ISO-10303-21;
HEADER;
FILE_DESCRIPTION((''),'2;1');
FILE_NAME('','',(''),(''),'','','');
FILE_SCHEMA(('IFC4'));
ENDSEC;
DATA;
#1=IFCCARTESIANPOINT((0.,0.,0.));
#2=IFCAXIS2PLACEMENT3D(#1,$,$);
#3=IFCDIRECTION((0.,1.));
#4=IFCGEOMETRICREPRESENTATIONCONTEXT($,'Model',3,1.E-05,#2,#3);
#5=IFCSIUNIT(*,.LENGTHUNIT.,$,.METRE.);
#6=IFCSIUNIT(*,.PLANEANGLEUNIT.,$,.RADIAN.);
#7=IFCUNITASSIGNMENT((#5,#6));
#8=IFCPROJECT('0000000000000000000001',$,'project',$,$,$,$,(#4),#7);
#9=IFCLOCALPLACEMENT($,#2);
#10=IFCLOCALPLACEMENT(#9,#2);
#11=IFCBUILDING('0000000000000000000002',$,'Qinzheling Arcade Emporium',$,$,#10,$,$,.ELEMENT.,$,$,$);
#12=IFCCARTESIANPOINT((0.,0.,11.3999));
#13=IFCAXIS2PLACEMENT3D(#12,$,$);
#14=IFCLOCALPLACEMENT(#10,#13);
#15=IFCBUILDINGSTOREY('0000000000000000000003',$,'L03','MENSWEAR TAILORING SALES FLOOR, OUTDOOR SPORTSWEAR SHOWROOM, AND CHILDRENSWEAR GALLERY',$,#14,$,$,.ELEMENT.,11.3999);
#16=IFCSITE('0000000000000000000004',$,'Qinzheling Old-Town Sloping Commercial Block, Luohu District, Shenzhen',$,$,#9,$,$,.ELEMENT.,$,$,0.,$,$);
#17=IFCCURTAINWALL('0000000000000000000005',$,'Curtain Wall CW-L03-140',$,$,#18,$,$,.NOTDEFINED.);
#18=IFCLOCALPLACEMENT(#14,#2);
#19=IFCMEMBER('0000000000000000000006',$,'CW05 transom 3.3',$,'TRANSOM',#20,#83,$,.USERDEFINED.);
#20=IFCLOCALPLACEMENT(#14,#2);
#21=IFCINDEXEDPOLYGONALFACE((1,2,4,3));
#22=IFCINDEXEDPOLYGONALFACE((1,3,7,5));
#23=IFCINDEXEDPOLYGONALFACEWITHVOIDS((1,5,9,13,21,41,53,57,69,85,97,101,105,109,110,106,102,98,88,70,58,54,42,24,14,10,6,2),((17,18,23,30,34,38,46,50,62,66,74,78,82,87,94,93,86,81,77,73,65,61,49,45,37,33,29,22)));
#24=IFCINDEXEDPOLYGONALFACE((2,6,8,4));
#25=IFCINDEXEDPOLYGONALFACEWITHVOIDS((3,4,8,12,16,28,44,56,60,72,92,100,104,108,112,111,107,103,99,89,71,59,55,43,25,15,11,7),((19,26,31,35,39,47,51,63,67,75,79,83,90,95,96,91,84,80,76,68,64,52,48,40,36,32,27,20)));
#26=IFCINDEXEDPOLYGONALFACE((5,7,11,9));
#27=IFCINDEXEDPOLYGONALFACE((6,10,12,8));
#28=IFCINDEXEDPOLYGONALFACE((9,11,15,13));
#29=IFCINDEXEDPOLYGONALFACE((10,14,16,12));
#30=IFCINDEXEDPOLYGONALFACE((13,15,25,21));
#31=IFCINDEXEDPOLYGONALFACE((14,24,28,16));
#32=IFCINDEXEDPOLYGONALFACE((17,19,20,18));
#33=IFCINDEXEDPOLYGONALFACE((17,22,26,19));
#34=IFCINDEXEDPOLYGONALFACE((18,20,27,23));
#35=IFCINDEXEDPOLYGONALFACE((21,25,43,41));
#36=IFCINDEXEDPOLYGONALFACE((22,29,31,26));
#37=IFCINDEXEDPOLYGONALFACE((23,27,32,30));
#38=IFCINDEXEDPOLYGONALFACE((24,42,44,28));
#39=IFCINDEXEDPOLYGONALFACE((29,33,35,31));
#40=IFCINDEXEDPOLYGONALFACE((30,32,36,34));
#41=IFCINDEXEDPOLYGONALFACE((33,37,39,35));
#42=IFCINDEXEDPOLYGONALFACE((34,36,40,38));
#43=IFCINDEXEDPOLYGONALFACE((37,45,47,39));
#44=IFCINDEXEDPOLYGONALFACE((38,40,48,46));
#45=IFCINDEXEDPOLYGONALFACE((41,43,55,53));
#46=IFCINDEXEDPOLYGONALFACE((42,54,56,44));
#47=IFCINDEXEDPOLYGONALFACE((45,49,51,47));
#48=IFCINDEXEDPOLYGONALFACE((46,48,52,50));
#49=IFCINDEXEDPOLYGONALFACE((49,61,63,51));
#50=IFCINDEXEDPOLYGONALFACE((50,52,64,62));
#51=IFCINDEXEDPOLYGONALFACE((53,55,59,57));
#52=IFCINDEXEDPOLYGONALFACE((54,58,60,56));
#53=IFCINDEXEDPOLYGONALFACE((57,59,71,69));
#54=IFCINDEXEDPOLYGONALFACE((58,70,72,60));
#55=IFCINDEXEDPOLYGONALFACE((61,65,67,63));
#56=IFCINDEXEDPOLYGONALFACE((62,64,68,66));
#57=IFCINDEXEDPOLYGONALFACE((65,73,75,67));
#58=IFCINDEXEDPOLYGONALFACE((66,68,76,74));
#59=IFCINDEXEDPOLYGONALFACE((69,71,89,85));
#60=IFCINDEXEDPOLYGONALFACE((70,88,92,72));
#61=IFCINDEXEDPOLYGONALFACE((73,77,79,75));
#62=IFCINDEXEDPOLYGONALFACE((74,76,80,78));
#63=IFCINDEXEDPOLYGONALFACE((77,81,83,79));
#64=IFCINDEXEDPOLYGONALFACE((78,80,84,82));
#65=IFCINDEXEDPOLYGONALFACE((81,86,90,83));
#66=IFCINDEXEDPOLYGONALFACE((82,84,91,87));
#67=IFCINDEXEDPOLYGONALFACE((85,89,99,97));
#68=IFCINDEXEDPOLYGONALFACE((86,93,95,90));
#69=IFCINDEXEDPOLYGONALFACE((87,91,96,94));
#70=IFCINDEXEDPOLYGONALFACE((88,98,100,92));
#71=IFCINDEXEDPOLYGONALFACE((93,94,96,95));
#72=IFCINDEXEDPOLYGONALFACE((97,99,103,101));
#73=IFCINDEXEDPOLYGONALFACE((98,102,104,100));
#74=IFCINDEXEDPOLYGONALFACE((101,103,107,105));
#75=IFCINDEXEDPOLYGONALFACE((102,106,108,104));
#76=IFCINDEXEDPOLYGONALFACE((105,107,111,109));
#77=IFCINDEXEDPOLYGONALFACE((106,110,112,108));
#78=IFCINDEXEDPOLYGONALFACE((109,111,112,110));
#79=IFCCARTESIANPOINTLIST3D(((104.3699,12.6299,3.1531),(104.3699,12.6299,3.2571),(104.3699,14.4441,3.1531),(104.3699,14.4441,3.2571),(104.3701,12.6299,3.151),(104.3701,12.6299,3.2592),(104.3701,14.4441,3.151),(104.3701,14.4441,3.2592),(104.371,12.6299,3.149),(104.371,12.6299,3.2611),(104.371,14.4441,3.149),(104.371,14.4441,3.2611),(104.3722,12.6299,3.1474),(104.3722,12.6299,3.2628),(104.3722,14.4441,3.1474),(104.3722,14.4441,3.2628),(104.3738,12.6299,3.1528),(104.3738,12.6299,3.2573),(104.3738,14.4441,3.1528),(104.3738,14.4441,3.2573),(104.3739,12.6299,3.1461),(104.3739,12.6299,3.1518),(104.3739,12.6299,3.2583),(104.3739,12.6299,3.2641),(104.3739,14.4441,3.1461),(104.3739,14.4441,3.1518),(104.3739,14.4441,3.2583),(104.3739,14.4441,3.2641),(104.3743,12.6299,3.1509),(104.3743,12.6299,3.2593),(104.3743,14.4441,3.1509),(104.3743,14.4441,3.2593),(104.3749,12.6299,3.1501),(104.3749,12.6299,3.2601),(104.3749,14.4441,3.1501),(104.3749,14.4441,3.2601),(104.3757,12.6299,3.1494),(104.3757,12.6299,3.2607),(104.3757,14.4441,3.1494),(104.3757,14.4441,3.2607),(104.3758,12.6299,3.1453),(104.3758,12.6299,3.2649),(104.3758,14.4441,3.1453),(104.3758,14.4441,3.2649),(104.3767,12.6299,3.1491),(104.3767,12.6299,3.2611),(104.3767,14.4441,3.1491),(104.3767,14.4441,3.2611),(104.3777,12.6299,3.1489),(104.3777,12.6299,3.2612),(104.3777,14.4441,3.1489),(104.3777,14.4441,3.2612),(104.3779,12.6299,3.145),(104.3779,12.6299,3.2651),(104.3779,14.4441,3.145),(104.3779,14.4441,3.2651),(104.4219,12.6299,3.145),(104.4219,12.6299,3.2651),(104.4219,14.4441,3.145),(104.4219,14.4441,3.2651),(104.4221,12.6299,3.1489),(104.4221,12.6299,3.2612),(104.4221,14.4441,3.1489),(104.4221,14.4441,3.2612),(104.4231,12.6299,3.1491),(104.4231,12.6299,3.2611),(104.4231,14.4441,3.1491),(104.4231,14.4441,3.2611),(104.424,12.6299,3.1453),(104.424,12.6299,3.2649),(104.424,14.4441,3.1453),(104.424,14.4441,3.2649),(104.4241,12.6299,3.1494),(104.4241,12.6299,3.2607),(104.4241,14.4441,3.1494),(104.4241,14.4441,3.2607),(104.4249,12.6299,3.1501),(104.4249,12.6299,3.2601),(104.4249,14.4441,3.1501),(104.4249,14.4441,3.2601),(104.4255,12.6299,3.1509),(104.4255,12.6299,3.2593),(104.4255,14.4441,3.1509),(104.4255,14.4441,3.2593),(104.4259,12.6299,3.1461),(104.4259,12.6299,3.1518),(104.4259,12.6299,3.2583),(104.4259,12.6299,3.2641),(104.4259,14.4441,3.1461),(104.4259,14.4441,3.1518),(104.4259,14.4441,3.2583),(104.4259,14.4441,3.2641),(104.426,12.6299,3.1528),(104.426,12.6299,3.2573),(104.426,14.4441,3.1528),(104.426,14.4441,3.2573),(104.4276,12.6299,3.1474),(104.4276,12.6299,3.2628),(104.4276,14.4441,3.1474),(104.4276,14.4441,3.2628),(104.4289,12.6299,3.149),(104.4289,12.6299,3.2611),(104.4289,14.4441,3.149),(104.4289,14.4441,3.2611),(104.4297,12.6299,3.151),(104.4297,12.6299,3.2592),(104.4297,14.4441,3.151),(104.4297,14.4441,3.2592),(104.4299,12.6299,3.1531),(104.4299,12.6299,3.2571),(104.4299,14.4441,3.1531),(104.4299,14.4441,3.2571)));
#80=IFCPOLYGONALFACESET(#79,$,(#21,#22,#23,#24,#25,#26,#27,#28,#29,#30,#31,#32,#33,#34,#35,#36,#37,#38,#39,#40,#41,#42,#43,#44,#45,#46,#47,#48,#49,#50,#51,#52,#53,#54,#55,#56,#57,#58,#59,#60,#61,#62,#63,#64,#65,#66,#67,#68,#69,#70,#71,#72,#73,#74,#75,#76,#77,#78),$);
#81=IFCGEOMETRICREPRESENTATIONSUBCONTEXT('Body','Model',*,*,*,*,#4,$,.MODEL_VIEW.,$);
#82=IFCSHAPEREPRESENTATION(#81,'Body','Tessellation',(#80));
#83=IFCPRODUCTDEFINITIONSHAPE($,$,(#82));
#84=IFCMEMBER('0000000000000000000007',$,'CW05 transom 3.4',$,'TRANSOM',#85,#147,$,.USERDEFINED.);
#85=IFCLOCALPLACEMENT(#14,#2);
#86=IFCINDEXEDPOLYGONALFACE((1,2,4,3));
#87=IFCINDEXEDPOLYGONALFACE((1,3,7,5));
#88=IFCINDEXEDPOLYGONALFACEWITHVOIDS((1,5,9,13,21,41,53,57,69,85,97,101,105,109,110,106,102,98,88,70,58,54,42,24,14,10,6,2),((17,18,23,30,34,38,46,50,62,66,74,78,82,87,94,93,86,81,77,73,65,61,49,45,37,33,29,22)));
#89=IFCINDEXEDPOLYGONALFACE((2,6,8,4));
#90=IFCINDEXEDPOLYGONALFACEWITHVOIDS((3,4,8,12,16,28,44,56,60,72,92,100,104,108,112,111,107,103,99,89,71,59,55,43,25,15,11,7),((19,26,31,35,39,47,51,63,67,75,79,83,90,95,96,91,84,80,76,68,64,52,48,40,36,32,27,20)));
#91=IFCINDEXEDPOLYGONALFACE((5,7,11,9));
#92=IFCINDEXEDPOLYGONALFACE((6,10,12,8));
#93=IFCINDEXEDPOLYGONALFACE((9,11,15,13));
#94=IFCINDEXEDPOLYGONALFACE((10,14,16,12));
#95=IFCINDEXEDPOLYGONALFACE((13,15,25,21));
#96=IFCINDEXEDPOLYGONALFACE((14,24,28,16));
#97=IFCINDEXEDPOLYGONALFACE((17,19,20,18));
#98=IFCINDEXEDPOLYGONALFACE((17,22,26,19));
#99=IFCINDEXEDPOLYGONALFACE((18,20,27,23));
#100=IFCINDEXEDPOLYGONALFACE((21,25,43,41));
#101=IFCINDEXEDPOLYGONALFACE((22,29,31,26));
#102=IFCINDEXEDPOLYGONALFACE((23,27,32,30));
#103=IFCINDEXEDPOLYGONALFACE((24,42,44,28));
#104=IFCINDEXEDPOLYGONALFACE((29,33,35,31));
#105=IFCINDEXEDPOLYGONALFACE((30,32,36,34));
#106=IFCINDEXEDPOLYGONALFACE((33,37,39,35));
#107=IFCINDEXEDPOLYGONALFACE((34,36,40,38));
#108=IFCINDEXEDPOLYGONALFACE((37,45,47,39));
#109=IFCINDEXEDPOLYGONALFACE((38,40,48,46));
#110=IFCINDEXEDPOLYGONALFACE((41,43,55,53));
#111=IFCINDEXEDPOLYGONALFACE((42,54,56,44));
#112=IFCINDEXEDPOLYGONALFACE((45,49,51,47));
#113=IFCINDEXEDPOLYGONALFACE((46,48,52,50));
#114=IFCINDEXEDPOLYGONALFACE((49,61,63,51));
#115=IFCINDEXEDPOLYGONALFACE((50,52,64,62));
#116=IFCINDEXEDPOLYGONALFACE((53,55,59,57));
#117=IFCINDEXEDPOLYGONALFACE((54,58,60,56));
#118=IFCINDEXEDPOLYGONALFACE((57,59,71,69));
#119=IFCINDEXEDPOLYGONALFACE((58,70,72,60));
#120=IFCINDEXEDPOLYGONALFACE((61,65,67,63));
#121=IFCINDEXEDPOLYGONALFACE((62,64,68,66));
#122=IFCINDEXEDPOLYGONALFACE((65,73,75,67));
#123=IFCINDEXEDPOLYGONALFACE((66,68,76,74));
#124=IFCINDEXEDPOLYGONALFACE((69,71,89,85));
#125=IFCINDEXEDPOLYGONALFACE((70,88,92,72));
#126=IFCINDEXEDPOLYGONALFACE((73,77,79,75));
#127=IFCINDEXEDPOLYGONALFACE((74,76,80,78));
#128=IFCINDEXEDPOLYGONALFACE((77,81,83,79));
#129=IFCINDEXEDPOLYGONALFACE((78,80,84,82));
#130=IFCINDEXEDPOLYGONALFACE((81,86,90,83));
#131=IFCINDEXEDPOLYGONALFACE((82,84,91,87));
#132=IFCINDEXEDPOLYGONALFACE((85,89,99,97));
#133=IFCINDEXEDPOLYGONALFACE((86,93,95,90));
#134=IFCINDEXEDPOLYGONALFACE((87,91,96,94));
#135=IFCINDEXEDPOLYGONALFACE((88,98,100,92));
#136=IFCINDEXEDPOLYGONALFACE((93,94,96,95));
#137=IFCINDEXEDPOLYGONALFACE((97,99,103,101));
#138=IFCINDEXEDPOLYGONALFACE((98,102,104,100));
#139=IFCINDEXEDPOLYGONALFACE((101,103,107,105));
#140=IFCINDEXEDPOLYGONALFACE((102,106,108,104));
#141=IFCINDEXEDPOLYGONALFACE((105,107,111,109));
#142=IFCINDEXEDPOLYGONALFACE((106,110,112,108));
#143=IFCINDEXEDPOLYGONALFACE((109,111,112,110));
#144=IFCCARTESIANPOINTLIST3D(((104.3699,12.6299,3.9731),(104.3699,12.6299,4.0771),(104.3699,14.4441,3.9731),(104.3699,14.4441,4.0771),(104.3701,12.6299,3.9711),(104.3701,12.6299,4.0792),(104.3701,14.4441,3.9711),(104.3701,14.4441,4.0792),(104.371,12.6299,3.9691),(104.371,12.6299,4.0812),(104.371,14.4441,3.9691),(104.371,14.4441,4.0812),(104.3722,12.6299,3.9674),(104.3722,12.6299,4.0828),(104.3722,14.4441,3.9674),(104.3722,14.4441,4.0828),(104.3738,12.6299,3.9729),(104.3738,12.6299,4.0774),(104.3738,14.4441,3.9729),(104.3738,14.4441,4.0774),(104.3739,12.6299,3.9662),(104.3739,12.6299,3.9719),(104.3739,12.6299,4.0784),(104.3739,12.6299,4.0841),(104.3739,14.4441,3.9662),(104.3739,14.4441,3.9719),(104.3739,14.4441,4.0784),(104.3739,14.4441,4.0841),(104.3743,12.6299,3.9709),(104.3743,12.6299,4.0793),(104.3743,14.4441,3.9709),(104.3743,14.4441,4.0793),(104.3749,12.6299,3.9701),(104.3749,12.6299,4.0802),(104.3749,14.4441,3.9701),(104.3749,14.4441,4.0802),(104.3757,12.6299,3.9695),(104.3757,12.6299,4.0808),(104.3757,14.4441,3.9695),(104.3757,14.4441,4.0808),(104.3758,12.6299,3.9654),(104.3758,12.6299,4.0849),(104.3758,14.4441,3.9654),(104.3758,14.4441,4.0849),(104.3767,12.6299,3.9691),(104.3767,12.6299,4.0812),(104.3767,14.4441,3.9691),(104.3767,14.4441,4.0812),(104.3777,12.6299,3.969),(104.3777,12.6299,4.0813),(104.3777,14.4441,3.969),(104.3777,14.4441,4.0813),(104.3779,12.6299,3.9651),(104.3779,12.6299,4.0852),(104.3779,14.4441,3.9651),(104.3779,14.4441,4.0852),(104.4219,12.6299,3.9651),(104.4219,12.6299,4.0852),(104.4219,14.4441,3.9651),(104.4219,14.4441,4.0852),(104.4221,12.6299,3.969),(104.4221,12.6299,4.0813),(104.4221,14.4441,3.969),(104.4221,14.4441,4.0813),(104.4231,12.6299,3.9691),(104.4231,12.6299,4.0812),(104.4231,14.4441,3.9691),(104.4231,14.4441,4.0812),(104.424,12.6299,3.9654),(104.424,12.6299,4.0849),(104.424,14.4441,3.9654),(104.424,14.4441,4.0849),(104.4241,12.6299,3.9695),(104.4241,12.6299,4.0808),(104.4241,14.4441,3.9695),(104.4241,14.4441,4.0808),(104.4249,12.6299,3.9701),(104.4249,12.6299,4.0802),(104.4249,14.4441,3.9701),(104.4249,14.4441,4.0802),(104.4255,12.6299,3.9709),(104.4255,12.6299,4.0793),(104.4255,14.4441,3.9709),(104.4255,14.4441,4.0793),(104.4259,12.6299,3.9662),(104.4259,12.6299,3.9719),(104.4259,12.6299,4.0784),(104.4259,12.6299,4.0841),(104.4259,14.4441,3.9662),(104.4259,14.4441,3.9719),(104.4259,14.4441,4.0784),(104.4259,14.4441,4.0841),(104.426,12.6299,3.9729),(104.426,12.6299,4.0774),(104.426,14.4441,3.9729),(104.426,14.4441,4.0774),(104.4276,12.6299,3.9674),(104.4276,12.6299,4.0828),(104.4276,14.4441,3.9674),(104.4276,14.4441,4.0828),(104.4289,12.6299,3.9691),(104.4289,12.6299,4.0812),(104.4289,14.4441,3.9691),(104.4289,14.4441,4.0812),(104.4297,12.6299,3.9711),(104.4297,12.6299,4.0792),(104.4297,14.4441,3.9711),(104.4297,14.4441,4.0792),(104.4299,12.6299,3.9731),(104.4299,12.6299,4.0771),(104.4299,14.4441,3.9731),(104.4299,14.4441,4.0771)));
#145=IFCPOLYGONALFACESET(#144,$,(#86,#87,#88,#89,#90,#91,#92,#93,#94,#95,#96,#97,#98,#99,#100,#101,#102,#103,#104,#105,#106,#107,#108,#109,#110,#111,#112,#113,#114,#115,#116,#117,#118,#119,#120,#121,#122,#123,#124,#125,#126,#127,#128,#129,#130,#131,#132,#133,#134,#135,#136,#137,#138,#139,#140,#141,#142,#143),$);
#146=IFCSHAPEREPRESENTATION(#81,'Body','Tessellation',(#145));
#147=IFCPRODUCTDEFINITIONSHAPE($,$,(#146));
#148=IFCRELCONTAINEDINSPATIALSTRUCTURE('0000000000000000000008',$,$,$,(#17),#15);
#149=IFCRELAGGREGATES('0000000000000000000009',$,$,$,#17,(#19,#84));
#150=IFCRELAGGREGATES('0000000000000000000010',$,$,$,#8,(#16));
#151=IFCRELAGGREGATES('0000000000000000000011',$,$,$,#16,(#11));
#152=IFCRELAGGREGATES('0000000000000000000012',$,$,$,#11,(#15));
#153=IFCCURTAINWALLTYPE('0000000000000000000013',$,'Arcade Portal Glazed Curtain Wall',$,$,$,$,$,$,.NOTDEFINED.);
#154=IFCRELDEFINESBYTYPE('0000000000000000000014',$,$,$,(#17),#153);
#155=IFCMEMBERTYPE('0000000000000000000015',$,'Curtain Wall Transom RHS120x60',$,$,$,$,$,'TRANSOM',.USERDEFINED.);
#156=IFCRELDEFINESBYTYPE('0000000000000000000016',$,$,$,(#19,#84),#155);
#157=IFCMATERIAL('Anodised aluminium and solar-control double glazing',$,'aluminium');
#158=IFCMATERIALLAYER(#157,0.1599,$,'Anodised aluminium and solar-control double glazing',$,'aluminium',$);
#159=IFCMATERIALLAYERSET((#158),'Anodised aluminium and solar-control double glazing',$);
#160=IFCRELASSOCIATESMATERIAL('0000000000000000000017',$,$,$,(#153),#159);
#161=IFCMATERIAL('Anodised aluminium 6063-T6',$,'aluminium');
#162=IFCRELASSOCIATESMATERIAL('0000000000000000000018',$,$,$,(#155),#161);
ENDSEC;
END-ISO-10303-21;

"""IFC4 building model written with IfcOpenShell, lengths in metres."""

from ifc_helpers import new_model, si_unit, direction, frame, origin, origin_2d, place, context, subcontext, project, spatial, hollow_rectangle, extrude, material, layer, layer_set, material_profile, profile_set, type_object, element, aggregate, save


model = new_model("IFC4")

# Units and contexts
model_context = context("Model", 3, precision=1e-05, world=origin(), true_north=direction((0.0, 1.0)))
body_context = subcontext(model_context, "Body", "Model", "MODEL_VIEW")
ifc_project = project(units=[si_unit("LENGTHUNIT", "METRE"), si_unit("PLANEANGLEUNIT", "RADIAN")], contexts=[model_context])

# Site, building, storey
site_placement = place(None, origin())
site = spatial("IfcSite", under=ifc_project, at=site_placement, Name="Qinzheling Old-Town Sloping Commercial Block, Luohu District, Shenzhen", CompositionType="ELEMENT", RefElevation=0.0)
building_placement = place(site_placement, origin())
building = spatial("IfcBuilding", under=site, at=building_placement, Name="Qinzheling Arcade Emporium", CompositionType="ELEMENT")
storey_placement = place(building_placement, frame((0.0, 0.0, 11.3999)))
storey = spatial("IfcBuildingStorey", under=building, at=storey_placement, Name="L03", Description="MENSWEAR TAILORING SALES FLOOR, OUTDOOR SPORTSWEAR SHOWROOM, AND CHILDRENSWEAR GALLERY", CompositionType="ELEMENT", Elevation=11.3999)

# Curtain wall, members
ifc_material_1 = material(Name="Anodised aluminium and solar-control double glazing", Category="aluminium")
ifc_layer_1 = layer(ifc_material_1, 0.1599, Name="Anodised aluminium and solar-control double glazing", Category="aluminium")
ifc_layer_set_1 = layer_set([ifc_layer_1], Name="Anodised aluminium and solar-control double glazing")
curtain_wall_type = type_object("IfcCurtainWallType", Name="Arcade Portal Glazed Curtain Wall", PredefinedType="NOTDEFINED", material=ifc_layer_set_1)
curtain_wall_placement = place(storey_placement, origin())
curtain_wall = element("IfcCurtainWall", 1, at=curtain_wall_placement, inside=storey, type_object=curtain_wall_type, Name="Curtain Wall CW-L03-140", PredefinedType="NOTDEFINED")
ifc_material_2 = material(Name="Anodised aluminium 6063-T6", Category="aluminium")
ifc_material_profile_1 = material_profile(ifc_material_2, hollow_rectangle(XDim=0.0601, YDim=0.1201, WallThickness=0.0039, InnerFilletRadius=0.0039, OuterFilletRadius=0.0081, at=origin_2d()), Name="RHS 120x60x4", Category="aluminium")
ifc_profile_set_1 = profile_set([ifc_material_profile_1], Name="Anodised aluminium 6063-T6")
member_type_1 = type_object("IfcMemberType", Name="Curtain Wall Transom RHS120x60", ElementType="TRANSOM", PredefinedType="USERDEFINED", material=ifc_profile_set_1)
member_1_placement = place(storey_placement, frame((104.3999, 12.6299, 3.2051), z_axis=(0.0, 1.0, 0.0), x_axis=(-1.0, 0.0, 0.0)))
member_1 = element("IfcMember", 2, at=member_1_placement, type_object=member_type_1, Name="CW05 transom 3.3", ObjectType="TRANSOM", PredefinedType="USERDEFINED", context=body_context, shape_type="SweptSolid", body=[
    extrude(hollow_rectangle(XDim=0.0601, YDim=0.1201, WallThickness=0.0039, InnerFilletRadius=0.0039, OuterFilletRadius=0.0081, at=origin_2d()), origin(), (0.0, 0.0, 1.0), 1.8142),
])
member_2_placement = place(storey_placement, frame((104.3999, 12.6299, 4.0251), z_axis=(0.0, 1.0, 0.0), x_axis=(-1.0, 0.0, 0.0)))
member_2 = element("IfcMember", 3, at=member_2_placement, type_object=member_type_1, Name="CW05 transom 3.4", ObjectType="TRANSOM", PredefinedType="USERDEFINED", context=body_context, shape_type="SweptSolid", body=[
    extrude(hollow_rectangle(XDim=0.0601, YDim=0.1201, WallThickness=0.0039, InnerFilletRadius=0.0039, OuterFilletRadius=0.0081, at=origin_2d()), origin(), (0.0, 0.0, 1.0), 1.8142),
])
aggregate(curtain_wall, [member_1, member_2])

save(model, "model.ifc")
